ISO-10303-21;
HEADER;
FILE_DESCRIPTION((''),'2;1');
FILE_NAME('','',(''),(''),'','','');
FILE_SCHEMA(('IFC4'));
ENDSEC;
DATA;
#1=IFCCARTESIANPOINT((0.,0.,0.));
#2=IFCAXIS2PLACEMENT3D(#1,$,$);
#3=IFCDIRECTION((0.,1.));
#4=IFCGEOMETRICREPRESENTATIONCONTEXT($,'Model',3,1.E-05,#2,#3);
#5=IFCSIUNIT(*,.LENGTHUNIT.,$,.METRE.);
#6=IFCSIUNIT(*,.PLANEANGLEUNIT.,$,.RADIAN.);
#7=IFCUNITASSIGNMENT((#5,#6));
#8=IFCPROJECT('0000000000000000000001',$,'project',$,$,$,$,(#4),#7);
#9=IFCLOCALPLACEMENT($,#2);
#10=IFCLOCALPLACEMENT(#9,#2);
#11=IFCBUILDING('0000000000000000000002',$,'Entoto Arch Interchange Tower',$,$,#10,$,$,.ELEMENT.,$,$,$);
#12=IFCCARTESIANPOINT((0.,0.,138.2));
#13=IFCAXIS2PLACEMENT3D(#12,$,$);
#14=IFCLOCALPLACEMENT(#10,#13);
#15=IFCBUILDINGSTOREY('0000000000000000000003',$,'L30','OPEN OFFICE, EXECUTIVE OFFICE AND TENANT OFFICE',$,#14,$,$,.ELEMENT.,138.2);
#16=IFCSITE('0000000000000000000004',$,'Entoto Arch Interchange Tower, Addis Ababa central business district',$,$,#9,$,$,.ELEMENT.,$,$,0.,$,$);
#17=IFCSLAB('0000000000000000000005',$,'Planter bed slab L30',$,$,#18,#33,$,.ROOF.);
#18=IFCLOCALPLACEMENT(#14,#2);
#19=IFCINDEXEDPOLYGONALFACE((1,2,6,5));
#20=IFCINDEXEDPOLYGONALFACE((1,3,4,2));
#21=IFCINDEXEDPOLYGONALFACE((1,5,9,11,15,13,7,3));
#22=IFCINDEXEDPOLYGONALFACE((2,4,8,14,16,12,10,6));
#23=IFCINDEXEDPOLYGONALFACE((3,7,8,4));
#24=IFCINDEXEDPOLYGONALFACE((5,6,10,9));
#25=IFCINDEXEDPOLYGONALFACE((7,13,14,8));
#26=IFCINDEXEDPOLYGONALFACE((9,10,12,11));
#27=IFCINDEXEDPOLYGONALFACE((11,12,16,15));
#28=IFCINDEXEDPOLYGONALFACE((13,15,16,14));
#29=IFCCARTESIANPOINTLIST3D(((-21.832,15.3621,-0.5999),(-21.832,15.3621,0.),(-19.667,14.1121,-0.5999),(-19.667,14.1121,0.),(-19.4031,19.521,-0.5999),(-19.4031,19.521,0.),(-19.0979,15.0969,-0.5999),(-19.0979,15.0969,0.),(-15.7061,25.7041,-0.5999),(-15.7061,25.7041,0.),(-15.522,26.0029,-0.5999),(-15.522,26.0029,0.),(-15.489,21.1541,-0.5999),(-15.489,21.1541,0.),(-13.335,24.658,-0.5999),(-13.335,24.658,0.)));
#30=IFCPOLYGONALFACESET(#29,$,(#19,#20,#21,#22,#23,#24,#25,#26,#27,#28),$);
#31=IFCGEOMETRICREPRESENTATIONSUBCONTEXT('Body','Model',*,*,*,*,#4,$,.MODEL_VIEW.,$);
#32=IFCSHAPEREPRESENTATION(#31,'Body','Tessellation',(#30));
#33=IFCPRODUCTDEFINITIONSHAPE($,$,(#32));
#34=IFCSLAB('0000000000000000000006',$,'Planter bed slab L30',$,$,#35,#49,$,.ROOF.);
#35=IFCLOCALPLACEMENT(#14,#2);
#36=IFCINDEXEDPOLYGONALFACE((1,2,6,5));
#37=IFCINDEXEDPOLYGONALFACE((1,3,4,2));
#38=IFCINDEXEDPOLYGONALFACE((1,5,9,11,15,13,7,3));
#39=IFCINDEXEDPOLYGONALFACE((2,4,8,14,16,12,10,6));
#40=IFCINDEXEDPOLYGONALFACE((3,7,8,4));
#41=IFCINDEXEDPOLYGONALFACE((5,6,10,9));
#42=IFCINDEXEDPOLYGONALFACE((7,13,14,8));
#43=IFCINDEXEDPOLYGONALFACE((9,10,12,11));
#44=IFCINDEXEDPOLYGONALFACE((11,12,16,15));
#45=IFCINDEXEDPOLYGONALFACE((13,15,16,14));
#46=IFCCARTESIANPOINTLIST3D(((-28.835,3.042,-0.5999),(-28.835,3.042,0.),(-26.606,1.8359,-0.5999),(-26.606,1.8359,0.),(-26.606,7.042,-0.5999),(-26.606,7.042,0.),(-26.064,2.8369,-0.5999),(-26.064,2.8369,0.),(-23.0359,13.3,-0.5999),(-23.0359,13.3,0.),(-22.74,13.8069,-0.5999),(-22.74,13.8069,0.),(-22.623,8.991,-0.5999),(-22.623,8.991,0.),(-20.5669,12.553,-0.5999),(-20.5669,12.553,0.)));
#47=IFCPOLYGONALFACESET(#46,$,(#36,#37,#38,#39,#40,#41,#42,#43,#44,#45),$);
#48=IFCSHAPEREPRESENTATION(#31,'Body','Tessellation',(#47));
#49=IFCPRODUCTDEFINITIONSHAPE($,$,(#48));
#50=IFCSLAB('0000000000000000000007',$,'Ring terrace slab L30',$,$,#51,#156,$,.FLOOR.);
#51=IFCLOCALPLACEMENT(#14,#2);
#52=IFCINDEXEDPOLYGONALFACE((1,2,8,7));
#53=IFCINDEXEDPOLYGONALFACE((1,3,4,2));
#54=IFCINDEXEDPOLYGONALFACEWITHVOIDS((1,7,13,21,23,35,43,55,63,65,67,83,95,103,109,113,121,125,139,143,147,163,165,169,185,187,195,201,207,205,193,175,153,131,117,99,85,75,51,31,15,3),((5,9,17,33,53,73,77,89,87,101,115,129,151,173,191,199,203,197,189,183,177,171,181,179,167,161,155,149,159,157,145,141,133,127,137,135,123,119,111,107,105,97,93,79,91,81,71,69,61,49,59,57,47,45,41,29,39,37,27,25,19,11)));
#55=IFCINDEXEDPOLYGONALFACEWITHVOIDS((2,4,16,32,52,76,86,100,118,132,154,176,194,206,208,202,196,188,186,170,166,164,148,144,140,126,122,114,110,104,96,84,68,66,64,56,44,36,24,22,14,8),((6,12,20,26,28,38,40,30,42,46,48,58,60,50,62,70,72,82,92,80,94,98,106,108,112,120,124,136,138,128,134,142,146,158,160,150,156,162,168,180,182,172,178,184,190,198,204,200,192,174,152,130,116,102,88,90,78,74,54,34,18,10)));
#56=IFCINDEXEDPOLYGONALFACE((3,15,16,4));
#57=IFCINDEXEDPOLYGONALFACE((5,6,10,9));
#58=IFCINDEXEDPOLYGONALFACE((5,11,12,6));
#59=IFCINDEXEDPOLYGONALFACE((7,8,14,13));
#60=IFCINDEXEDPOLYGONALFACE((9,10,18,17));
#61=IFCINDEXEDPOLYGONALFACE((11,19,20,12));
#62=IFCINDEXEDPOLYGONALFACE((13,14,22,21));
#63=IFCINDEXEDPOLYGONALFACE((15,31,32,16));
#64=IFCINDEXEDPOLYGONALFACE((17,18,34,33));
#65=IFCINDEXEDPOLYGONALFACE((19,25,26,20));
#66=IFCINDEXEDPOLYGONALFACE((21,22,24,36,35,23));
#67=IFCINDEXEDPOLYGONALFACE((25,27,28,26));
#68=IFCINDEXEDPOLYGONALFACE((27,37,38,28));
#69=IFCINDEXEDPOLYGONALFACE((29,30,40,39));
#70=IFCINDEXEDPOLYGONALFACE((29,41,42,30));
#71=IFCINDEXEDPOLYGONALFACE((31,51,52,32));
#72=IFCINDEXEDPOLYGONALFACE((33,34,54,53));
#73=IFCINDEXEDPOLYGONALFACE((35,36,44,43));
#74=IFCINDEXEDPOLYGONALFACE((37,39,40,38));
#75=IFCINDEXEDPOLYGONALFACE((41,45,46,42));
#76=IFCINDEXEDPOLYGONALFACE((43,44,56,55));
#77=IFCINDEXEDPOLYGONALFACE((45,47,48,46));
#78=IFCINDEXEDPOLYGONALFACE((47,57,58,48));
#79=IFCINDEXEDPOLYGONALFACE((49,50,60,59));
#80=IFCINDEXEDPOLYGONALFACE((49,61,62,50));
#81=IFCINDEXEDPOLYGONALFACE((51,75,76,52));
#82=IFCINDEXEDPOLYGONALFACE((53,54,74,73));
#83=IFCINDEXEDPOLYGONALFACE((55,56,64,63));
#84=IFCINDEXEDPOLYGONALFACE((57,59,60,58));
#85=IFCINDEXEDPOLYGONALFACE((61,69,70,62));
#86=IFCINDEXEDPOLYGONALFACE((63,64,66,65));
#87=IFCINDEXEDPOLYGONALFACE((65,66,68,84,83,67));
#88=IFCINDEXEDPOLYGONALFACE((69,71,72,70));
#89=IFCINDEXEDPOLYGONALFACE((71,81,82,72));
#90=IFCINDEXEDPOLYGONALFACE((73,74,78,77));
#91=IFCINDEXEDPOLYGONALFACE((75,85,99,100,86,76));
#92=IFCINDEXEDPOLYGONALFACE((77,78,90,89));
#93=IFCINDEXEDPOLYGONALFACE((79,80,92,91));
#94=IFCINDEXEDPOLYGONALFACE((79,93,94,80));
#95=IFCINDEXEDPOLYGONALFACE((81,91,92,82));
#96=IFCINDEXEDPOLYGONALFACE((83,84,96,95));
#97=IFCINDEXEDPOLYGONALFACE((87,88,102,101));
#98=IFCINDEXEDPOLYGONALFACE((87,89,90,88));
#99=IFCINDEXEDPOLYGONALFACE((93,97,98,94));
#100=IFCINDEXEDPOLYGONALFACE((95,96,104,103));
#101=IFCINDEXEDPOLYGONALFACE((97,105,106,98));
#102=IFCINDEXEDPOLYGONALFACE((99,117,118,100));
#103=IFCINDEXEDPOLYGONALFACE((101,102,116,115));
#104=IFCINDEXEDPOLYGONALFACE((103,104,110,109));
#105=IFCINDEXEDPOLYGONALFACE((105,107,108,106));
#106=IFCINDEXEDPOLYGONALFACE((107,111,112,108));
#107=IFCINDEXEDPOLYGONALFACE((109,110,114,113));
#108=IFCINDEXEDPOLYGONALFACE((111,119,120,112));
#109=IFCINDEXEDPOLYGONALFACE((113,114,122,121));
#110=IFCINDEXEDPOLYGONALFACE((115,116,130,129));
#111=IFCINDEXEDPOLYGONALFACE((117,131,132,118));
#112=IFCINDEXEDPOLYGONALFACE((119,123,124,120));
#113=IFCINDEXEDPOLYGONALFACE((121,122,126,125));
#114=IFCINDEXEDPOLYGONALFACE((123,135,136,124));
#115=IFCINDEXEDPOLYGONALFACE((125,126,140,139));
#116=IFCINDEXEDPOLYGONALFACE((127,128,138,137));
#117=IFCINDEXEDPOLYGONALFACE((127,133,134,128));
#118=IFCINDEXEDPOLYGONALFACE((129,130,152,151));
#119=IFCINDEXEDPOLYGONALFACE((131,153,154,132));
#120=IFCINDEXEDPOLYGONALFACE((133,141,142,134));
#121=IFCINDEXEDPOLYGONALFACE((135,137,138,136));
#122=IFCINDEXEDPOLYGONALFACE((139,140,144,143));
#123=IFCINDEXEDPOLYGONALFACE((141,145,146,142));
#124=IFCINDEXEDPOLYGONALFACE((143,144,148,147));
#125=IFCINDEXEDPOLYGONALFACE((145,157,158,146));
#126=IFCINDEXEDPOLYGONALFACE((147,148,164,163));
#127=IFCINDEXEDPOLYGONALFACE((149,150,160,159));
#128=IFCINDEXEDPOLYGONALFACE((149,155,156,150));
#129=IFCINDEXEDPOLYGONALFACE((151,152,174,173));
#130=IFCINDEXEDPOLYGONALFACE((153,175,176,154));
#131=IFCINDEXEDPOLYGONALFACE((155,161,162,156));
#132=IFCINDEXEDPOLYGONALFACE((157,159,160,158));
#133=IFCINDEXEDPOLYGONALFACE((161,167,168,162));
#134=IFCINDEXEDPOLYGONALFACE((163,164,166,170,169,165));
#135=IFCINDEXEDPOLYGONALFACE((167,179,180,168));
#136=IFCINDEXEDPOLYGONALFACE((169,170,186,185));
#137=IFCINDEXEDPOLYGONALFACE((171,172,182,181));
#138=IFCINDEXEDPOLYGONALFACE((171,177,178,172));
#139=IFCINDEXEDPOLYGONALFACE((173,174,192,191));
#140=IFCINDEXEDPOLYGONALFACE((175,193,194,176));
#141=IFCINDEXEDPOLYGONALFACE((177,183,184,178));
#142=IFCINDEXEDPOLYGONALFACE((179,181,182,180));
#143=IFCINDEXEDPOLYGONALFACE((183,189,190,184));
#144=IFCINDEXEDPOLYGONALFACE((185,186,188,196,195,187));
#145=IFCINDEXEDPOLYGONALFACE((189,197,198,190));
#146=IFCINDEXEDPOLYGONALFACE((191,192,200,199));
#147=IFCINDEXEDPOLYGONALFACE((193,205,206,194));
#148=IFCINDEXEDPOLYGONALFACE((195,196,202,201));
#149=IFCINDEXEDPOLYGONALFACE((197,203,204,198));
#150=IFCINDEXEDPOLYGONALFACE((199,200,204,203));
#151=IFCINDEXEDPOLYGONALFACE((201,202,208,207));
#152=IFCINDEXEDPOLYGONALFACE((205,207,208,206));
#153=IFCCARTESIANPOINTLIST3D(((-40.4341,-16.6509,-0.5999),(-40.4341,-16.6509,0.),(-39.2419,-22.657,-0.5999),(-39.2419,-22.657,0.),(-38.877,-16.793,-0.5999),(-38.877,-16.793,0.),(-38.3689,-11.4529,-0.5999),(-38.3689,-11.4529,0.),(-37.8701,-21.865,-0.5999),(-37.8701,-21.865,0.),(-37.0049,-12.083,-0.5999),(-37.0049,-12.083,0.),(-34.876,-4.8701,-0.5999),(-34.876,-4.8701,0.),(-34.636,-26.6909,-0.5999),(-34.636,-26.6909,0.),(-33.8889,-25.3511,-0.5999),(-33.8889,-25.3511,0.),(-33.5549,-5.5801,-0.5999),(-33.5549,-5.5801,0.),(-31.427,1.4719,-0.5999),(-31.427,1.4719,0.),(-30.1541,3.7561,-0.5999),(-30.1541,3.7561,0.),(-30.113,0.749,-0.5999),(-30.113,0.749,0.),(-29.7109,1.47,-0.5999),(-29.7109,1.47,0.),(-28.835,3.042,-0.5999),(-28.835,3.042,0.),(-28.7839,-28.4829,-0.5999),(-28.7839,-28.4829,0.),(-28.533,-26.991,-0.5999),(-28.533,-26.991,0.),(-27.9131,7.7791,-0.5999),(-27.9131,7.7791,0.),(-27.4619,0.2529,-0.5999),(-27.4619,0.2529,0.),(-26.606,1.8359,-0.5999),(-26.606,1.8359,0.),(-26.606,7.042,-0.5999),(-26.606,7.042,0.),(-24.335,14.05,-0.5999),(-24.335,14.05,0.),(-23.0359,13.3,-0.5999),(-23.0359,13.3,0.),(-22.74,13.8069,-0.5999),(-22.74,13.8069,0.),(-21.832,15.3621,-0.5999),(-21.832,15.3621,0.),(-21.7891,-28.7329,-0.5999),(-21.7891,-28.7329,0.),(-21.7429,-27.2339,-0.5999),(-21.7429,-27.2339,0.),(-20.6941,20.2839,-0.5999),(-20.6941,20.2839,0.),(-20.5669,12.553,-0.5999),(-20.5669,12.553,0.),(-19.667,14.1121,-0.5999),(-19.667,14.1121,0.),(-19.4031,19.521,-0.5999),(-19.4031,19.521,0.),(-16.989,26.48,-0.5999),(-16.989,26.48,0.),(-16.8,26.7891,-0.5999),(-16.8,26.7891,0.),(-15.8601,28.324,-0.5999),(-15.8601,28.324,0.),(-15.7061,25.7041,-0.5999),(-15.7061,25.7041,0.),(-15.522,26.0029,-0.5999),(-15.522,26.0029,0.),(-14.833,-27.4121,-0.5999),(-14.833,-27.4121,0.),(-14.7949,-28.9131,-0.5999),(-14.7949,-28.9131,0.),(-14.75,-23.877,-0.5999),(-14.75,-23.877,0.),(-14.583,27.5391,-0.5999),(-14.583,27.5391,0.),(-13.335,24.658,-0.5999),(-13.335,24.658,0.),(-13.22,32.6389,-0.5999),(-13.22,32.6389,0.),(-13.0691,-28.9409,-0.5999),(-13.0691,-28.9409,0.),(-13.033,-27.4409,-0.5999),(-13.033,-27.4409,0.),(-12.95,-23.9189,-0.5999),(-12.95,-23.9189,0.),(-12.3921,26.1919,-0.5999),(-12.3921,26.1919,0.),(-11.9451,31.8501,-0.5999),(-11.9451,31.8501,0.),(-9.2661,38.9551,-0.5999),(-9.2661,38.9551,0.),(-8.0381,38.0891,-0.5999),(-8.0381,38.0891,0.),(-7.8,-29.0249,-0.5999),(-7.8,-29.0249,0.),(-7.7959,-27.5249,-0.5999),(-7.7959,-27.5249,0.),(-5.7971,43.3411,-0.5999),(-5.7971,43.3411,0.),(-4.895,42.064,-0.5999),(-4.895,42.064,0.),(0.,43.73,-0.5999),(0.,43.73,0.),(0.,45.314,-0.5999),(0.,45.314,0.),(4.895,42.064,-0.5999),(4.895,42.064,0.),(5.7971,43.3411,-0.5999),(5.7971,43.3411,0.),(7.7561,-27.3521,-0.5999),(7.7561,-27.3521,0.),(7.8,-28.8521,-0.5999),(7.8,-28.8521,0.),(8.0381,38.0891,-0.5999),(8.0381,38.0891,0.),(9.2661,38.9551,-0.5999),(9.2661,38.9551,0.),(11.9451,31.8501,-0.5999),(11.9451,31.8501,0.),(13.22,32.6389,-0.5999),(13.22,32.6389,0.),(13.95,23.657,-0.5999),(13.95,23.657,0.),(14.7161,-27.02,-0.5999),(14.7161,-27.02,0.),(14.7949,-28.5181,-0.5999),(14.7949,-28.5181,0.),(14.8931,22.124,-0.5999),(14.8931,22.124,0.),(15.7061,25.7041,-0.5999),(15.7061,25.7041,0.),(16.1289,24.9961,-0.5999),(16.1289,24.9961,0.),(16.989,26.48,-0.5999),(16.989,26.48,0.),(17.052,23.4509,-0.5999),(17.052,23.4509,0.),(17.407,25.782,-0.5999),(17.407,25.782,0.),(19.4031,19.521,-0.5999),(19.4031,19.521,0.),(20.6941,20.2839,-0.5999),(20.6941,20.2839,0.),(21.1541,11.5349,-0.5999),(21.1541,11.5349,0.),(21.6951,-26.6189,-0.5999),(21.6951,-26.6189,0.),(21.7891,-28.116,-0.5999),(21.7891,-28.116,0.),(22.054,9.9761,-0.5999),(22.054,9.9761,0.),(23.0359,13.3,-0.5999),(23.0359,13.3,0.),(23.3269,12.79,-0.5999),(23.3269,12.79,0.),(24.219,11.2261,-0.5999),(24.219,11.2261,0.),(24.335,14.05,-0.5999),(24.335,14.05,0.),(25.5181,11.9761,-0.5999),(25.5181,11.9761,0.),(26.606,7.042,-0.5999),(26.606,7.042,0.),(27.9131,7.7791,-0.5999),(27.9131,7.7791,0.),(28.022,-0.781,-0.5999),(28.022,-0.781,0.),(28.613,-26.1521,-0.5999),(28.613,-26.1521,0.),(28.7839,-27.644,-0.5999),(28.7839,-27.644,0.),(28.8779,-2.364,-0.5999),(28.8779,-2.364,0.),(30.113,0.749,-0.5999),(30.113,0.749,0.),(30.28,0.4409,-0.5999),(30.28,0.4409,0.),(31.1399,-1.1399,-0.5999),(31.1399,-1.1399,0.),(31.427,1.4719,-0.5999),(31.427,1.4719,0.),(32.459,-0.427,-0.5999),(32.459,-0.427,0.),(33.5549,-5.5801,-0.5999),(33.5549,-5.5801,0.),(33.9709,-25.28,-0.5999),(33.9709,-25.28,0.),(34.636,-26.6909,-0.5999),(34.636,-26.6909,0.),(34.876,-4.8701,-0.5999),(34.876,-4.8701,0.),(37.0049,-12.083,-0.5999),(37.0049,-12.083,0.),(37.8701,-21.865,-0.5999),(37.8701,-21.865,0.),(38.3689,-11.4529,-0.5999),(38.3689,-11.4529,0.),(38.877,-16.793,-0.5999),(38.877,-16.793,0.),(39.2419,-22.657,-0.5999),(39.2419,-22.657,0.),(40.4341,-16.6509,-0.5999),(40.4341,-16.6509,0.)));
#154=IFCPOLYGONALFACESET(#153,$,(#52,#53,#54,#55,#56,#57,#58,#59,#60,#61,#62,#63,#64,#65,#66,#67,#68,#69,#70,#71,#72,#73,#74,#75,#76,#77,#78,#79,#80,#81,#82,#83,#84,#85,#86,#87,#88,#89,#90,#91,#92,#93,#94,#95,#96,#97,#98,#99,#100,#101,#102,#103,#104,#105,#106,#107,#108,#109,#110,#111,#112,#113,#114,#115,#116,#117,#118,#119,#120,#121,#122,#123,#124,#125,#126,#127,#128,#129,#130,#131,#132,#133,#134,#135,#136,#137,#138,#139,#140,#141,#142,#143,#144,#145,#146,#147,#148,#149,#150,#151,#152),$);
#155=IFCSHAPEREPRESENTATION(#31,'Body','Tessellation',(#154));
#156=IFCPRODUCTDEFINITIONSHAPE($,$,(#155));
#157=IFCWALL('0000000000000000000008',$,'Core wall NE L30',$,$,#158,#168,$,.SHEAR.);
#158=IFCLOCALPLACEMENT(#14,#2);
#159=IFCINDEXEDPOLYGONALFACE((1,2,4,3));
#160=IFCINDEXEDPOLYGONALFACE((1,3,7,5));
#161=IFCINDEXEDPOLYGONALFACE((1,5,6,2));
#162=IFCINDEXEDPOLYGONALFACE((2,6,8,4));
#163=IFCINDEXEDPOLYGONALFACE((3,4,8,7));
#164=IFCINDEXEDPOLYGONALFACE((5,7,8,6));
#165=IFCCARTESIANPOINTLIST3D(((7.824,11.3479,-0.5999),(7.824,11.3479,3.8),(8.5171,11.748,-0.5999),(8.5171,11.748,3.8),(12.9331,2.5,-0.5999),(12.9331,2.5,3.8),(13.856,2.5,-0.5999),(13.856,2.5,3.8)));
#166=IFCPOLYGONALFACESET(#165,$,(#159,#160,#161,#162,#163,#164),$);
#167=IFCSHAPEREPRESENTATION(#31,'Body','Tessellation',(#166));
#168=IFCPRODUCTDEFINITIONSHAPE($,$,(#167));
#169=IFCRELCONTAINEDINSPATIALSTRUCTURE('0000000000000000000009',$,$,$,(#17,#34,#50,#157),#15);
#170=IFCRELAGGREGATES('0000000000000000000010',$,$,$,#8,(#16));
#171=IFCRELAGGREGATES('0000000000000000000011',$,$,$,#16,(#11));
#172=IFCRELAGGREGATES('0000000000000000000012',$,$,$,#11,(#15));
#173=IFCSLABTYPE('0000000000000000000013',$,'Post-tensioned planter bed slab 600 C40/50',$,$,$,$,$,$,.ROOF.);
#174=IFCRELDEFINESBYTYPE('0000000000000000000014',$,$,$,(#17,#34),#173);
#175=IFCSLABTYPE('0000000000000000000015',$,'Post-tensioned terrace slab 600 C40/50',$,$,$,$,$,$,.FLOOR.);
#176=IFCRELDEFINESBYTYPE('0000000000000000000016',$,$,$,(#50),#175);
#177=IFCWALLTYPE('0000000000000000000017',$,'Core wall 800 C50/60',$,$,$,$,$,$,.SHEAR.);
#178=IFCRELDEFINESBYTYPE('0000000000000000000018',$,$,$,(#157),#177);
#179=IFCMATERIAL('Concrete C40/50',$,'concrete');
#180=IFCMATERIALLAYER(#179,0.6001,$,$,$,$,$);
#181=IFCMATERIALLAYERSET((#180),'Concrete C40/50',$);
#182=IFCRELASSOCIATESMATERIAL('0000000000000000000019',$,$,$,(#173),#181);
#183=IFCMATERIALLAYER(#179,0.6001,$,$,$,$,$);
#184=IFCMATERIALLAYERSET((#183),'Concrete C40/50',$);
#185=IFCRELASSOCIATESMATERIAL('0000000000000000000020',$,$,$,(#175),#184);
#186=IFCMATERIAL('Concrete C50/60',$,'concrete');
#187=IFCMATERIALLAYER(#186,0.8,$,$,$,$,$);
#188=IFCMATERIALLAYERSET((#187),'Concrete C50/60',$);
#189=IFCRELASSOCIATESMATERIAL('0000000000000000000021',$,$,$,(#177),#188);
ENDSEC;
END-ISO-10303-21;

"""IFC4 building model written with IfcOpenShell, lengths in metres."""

from ifc_helpers import new_model, si_unit, direction, frame, origin, place, context, subcontext, project, spatial, polyline, outline, extrude, material, layer, layer_set, type_object, element, save


model = new_model("IFC4")

# Units and contexts
model_context = context("Model", 3, precision=1e-05, world=origin(), true_north=direction((0.0, 1.0)))
body_context = subcontext(model_context, "Body", "Model", "MODEL_VIEW")
ifc_project = project(units=[si_unit("LENGTHUNIT", "METRE"), si_unit("PLANEANGLEUNIT", "RADIAN")], contexts=[model_context])

# Site, building, storey
site_placement = place(None, origin())
site = spatial("IfcSite", under=ifc_project, at=site_placement, Name="Entoto Arch Interchange Tower, Addis Ababa central business district", CompositionType="ELEMENT", RefElevation=0.0)
building_placement = place(site_placement, origin())
building = spatial("IfcBuilding", under=site, at=building_placement, Name="Entoto Arch Interchange Tower", CompositionType="ELEMENT")
storey_placement = place(building_placement, frame((0.0, 0.0, 138.2)))
storey = spatial("IfcBuildingStorey", under=building, at=storey_placement, Name="L30", Description="OPEN OFFICE, EXECUTIVE OFFICE AND TENANT OFFICE", CompositionType="ELEMENT", Elevation=138.2)

# Slabs
ifc_material_1 = material(Name="Concrete C40/50", Category="concrete")
ifc_layer_1 = layer(ifc_material_1, 0.6001)
ifc_layer_set_1 = layer_set([ifc_layer_1], Name="Concrete C40/50")
slab_type_1 = type_object("IfcSlabType", Name="Post-tensioned planter bed slab 600 C40/50", PredefinedType="ROOF", material=ifc_layer_set_1)
slab_1_placement = place(storey_placement, frame((0.0, 0.0, -0.5999)))
element("IfcSlab", 1, at=slab_1_placement, inside=storey, type_object=slab_type_1, Name="Planter bed slab L30", PredefinedType="ROOF", context=body_context, shape_type="SweptSolid", body=[
    extrude(outline(polyline([(-15.489, 21.1541), (-13.335, 24.658), (-15.522, 26.0029), (-15.7061, 25.7041), (-19.4031, 19.521), (-21.832, 15.3621), (-19.667, 14.1121), (-19.0979, 15.0969), (-15.489, 21.1541)])), origin(), (0.0, 0.0, 1.0), 0.5999),
])
slab_2_placement = place(storey_placement, frame((0.0, 0.0, -0.5999)))
element("IfcSlab", 2, at=slab_2_placement, inside=storey, type_object=slab_type_1, Name="Planter bed slab L30", PredefinedType="ROOF", context=body_context, shape_type="SweptSolid", body=[
    extrude(outline(polyline([(-22.623, 8.991), (-20.5669, 12.553), (-22.74, 13.8069), (-23.0359, 13.3), (-26.606, 7.042), (-28.835, 3.042), (-26.606, 1.8359), (-26.064, 2.8369), (-22.623, 8.991)])), origin(), (0.0, 0.0, 1.0), 0.5999),
])
ifc_layer_2 = layer(ifc_material_1, 0.6001)
ifc_layer_set_2 = layer_set([ifc_layer_2], Name="Concrete C40/50")
slab_type_2 = type_object("IfcSlabType", Name="Post-tensioned terrace slab 600 C40/50", PredefinedType="FLOOR", material=ifc_layer_set_2)
slab_3_placement = place(storey_placement, frame((0.0, 0.0, -0.5999)))
element("IfcSlab", 3, at=slab_3_placement, inside=storey, type_object=slab_type_2, Name="Ring terrace slab L30", PredefinedType="FLOOR", context=body_context, shape_type="SweptSolid", body=[
    extrude(outline(polyline([(-39.2419, -22.657), (-34.636, -26.6909), (-28.7839, -28.4829), (-21.7891, -28.7329), (-14.7949, -28.9131), (-13.0691, -28.9409), (-7.8, -29.0249), (7.8, -28.8521), (14.7949, -28.5181), (21.7891, -28.116), (28.7839, -27.644), (34.636, -26.6909), (39.2419, -22.657), (40.4341, -16.6509), (38.3689, -11.4529), (34.876, -4.8701), (32.459, -0.427), (31.427, 1.4719), (27.9131, 7.7791), (25.5181, 11.9761), (24.335, 14.05), (20.6941, 20.2839), (17.407, 25.782), (16.989, 26.48), (13.22, 32.6389), (9.2661, 38.9551), (5.7971, 43.3411), (0.0, 45.314), (-5.7971, 43.3411), (-9.2661, 38.9551), (-13.22, 32.6389), (-15.8601, 28.324), (-16.8, 26.7891), (-16.989, 26.48), (-20.6941, 20.2839), (-24.335, 14.05), (-27.9131, 7.7791), (-30.1541, 3.7561), (-31.427, 1.4719), (-34.876, -4.8701), (-38.3689, -11.4529), (-40.4341, -16.6509), (-39.2419, -22.657)]), holes=[polyline([(-13.033, -27.4409), (-7.7959, -27.5249), (7.7561, -27.3521), (14.7161, -27.02), (21.6951, -26.6189), (28.613, -26.1521), (33.9709, -25.28), (37.8701, -21.865), (38.877, -16.793), (37.0049, -12.083), (33.5549, -5.5801), (31.1399, -1.1399), (28.8779, -2.364), (28.022, -0.781), (30.28, 0.4409), (30.113, 0.749), (26.606, 7.042), (24.219, 11.2261), (22.054, 9.9761), (21.1541, 11.5349), (23.3269, 12.79), (23.0359, 13.3), (19.4031, 19.521), (17.052, 23.4509), (14.8931, 22.124), (13.95, 23.657), (16.1289, 24.9961), (15.7061, 25.7041), (11.9451, 31.8501), (8.0381, 38.0891), (4.895, 42.064), (0.0, 43.73), (-4.895, 42.064), (-8.0381, 38.0891), (-11.9451, 31.8501), (-14.583, 27.5391), (-12.3921, 26.1919), (-13.335, 24.658), (-15.522, 26.0029), (-15.7061, 25.7041), (-19.4031, 19.521), (-21.832, 15.3621), (-19.667, 14.1121), (-20.5669, 12.553), (-22.74, 13.8069), (-23.0359, 13.3), (-26.606, 7.042), (-28.835, 3.042), (-26.606, 1.8359), (-27.4619, 0.2529), (-29.7109, 1.47), (-30.113, 0.749), (-33.5549, -5.5801), (-37.0049, -12.083), (-38.877, -16.793), (-37.8701, -21.865), (-33.8889, -25.3511), (-28.533, -26.991), (-21.7429, -27.2339), (-14.833, -27.4121), (-14.75, -23.877), (-12.95, -23.9189), (-13.033, -27.4409)])]), origin(), (0.0, 0.0, 1.0), 0.5999),
])

# Wall
ifc_material_2 = material(Name="Concrete C50/60", Category="concrete")
ifc_layer_3 = layer(ifc_material_2, 0.8)
ifc_layer_set_3 = layer_set([ifc_layer_3], Name="Concrete C50/60")
wall_type_1 = type_object("IfcWallType", Name="Core wall 800 C50/60", PredefinedType="SHEAR", material=ifc_layer_set_3)
wall_1_placement = place(storey_placement, frame((0.0, 0.0, -0.5999)))
element("IfcWall", 4, at=wall_1_placement, inside=storey, type_object=wall_type_1, Name="Core wall NE L30", PredefinedType="SHEAR", context=body_context, shape_type="SweptSolid", body=[
    extrude(outline(polyline([(8.5171, 11.748), (7.824, 11.3479), (12.9331, 2.5), (13.856, 2.5), (8.5171, 11.748)])), origin(), (0.0, 0.0, 1.0), 4.3999),
])

save(model, "model.ifc")
